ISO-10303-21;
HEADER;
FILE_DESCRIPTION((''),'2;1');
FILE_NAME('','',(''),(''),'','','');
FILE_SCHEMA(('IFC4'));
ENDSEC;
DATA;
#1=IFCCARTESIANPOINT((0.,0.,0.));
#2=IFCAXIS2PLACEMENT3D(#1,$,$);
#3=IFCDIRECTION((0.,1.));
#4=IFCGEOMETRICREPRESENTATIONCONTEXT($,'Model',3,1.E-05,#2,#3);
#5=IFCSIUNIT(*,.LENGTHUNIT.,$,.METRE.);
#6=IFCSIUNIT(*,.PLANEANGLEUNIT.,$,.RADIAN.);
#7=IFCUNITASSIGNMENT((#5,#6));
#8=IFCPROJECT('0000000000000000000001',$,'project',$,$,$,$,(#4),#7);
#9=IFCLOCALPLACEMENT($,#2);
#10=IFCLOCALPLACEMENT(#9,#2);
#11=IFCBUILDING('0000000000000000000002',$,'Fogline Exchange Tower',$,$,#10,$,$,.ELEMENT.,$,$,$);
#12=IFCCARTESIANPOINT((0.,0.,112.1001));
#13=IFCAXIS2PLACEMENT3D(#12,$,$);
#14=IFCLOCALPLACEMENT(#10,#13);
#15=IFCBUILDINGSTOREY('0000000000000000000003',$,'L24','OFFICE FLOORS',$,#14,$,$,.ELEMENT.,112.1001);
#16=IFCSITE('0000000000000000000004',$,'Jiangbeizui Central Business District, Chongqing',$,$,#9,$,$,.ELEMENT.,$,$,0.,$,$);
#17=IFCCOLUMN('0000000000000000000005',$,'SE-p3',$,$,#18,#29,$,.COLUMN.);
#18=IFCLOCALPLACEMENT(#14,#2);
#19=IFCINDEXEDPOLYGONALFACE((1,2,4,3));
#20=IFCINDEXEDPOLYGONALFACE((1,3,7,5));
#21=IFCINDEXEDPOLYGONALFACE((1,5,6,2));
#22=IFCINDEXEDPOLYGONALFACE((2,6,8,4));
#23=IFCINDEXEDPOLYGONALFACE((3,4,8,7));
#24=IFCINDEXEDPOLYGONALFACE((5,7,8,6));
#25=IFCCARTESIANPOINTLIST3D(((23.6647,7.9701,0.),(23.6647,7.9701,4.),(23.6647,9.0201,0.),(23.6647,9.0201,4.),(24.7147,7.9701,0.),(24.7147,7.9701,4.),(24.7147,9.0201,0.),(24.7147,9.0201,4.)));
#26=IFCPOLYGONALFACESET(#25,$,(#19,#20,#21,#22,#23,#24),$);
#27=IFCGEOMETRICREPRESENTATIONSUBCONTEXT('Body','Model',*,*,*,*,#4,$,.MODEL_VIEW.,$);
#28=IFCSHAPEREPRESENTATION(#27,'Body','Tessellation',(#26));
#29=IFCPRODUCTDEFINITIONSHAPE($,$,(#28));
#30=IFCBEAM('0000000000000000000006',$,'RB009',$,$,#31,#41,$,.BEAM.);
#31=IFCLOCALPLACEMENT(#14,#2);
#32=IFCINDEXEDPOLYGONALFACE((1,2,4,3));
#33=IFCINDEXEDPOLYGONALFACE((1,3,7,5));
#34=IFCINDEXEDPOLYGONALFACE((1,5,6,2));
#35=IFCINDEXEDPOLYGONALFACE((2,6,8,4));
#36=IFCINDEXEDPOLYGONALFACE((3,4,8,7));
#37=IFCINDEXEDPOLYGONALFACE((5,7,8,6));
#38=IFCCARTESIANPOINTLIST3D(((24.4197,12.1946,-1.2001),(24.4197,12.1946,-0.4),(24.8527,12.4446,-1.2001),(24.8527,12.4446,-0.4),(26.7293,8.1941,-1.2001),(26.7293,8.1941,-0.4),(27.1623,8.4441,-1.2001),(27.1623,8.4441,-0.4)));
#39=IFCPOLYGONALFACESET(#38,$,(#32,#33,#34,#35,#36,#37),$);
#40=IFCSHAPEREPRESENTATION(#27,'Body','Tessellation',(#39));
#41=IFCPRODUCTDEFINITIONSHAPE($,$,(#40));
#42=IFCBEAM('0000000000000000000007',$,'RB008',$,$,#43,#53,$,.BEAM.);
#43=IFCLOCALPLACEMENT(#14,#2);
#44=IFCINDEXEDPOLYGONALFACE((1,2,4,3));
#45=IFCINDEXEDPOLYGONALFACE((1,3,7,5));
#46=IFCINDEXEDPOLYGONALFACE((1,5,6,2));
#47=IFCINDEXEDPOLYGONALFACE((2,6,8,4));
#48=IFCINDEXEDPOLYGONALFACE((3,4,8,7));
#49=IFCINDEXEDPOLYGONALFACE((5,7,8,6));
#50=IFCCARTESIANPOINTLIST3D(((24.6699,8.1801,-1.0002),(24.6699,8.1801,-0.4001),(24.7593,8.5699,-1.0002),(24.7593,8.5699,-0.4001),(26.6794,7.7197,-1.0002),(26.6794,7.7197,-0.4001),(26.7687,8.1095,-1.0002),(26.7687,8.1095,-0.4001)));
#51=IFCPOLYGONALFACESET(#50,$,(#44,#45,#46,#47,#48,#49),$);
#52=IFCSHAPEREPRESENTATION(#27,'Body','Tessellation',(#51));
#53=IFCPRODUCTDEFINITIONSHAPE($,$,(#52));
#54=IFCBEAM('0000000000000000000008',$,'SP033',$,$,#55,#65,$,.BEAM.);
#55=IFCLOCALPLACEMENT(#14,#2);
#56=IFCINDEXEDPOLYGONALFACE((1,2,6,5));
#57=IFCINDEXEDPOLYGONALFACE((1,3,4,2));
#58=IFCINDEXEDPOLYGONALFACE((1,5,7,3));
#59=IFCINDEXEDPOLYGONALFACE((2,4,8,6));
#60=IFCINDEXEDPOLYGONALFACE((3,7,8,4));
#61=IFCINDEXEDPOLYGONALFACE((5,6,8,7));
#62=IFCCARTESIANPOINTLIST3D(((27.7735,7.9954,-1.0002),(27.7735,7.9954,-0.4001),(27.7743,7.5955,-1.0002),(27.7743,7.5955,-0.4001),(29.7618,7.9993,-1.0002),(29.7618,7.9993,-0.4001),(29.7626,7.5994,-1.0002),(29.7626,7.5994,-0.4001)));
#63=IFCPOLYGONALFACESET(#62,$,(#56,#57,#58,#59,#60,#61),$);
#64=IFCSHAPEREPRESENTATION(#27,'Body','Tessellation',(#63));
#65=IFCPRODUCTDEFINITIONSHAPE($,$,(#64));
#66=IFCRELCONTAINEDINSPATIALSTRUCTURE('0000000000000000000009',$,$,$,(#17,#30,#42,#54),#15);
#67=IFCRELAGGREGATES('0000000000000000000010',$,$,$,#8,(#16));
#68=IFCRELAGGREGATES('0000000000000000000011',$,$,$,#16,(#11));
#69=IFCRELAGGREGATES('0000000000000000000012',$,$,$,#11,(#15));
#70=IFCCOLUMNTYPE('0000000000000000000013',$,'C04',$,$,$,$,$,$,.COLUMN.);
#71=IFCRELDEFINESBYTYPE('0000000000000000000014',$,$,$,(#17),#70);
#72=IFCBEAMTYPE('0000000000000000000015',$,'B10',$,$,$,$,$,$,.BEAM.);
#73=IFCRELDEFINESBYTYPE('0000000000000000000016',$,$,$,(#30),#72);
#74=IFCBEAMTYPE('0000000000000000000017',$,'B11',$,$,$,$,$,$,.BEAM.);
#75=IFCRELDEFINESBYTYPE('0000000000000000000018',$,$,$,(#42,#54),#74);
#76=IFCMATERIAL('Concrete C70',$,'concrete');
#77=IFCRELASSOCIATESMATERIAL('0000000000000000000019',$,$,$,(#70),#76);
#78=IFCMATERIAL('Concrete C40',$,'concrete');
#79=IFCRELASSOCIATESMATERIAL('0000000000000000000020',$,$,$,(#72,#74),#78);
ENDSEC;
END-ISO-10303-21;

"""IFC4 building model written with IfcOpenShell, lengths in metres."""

from ifc_helpers import new_model, si_unit, direction, frame, origin, origin_2d, place, context, subcontext, project, spatial, rectangle, extrude, material, material_profile, profile_set, type_object, element, save


model = new_model("IFC4")

# Units and contexts
model_context = context("Model", 3, precision=1e-05, world=origin(), true_north=direction((0.0, 1.0)))
body_context = subcontext(model_context, "Body", "Model", "MODEL_VIEW")
ifc_project = project(units=[si_unit("LENGTHUNIT", "METRE"), si_unit("PLANEANGLEUNIT", "RADIAN")], contexts=[model_context])

# Site, building, storey
site_placement = place(None, origin())
site = spatial("IfcSite", under=ifc_project, at=site_placement, Name="Jiangbeizui Central Business District, Chongqing", CompositionType="ELEMENT", RefElevation=0.0)
building_placement = place(site_placement, origin())
building = spatial("IfcBuilding", under=site, at=building_placement, Name="Fogline Exchange Tower", CompositionType="ELEMENT")
storey_placement = place(building_placement, frame((0.0, 0.0, 112.1001)))
storey = spatial("IfcBuildingStorey", under=building, at=storey_placement, Name="L24", Description="OFFICE FLOORS", CompositionType="ELEMENT", Elevation=112.1001)

# Column
ifc_material_1 = material(Name="Concrete C70", Category="concrete")
ifc_material_profile_1 = material_profile(ifc_material_1, rectangle(XDim=1.05, YDim=1.05, at=origin_2d()), Name="RC 1050x1050")
ifc_profile_set_1 = profile_set([ifc_material_profile_1], Name="Concrete C70")
column_type = type_object("IfcColumnType", Name="C04", PredefinedType="COLUMN", material=ifc_profile_set_1)
column_placement = place(storey_placement, frame((24.1897, 8.4951, 0.0), z_axis=(0.0, 0.0, 1.0), x_axis=(1.0, 0.0, 0.0)))
element("IfcColumn", 1, at=column_placement, inside=storey, type_object=column_type, Name="SE-p3", PredefinedType="COLUMN", context=body_context, shape_type="SweptSolid", body=[
    extrude(rectangle(XDim=1.05, YDim=1.05, at=origin_2d()), origin(), (0.0, 0.0, 1.0), 4.0),
])

# Beams
ifc_material_2 = material(Name="Concrete C40", Category="concrete")
ifc_material_profile_2 = material_profile(ifc_material_2, rectangle(XDim=0.5, YDim=0.8, at=origin_2d()), Name="RC 500x800")
ifc_profile_set_2 = profile_set([ifc_material_profile_2], Name="Concrete C40")
beam_type_1 = type_object("IfcBeamType", Name="B10", PredefinedType="BEAM", material=ifc_profile_set_2)
beam_1_placement = place(storey_placement, frame((26.9458, 8.3191, -0.8), z_axis=(-0.499982, 0.866036, 0.0), x_axis=(-0.866036, -0.499982, 0.0)))
element("IfcBeam", 2, at=beam_1_placement, inside=storey, type_object=beam_type_1, Name="RB009", PredefinedType="BEAM", context=body_context, shape_type="SweptSolid", body=[
    extrude(rectangle(XDim=0.5, YDim=0.8, at=origin_2d()), origin(), (0.0, 0.0, 1.0), 4.6194),
])
ifc_material_profile_3 = material_profile(ifc_material_2, rectangle(XDim=0.3999, YDim=0.6001, at=origin_2d()), Name="RC 400x600")
ifc_profile_set_3 = profile_set([ifc_material_profile_3], Name="Concrete C40")
beam_type_2 = type_object("IfcBeamType", Name="B11", PredefinedType="BEAM", material=ifc_profile_set_3)
beam_2_placement = place(storey_placement, frame((24.7146, 8.375, -0.7002), z_axis=(0.974739, -0.223346, 0.0), x_axis=(0.223346, 0.974739, 0.0)))
element("IfcBeam", 3, at=beam_2_placement, inside=storey, type_object=beam_type_2, Name="RB008", PredefinedType="BEAM", context=body_context, shape_type="SweptSolid", body=[
    extrude(rectangle(XDim=0.3999, YDim=0.6001, at=origin_2d()), origin(), (0.0, 0.0, 1.0), 2.0615),
])
beam_3_placement = place(storey_placement, frame((27.7739, 7.7954, -0.7002), z_axis=(0.999998, 0.001965, 0.0), x_axis=(-0.001965, 0.999998, 0.0)))
element("IfcBeam", 4, at=beam_3_placement, inside=storey, type_object=beam_type_2, Name="SP033", PredefinedType="BEAM", context=body_context, shape_type="SweptSolid", body=[
    extrude(rectangle(XDim=0.3999, YDim=0.6001, at=origin_2d()), origin(), (0.0, 0.0, 1.0), 1.9883),
])

save(model, "model.ifc")
